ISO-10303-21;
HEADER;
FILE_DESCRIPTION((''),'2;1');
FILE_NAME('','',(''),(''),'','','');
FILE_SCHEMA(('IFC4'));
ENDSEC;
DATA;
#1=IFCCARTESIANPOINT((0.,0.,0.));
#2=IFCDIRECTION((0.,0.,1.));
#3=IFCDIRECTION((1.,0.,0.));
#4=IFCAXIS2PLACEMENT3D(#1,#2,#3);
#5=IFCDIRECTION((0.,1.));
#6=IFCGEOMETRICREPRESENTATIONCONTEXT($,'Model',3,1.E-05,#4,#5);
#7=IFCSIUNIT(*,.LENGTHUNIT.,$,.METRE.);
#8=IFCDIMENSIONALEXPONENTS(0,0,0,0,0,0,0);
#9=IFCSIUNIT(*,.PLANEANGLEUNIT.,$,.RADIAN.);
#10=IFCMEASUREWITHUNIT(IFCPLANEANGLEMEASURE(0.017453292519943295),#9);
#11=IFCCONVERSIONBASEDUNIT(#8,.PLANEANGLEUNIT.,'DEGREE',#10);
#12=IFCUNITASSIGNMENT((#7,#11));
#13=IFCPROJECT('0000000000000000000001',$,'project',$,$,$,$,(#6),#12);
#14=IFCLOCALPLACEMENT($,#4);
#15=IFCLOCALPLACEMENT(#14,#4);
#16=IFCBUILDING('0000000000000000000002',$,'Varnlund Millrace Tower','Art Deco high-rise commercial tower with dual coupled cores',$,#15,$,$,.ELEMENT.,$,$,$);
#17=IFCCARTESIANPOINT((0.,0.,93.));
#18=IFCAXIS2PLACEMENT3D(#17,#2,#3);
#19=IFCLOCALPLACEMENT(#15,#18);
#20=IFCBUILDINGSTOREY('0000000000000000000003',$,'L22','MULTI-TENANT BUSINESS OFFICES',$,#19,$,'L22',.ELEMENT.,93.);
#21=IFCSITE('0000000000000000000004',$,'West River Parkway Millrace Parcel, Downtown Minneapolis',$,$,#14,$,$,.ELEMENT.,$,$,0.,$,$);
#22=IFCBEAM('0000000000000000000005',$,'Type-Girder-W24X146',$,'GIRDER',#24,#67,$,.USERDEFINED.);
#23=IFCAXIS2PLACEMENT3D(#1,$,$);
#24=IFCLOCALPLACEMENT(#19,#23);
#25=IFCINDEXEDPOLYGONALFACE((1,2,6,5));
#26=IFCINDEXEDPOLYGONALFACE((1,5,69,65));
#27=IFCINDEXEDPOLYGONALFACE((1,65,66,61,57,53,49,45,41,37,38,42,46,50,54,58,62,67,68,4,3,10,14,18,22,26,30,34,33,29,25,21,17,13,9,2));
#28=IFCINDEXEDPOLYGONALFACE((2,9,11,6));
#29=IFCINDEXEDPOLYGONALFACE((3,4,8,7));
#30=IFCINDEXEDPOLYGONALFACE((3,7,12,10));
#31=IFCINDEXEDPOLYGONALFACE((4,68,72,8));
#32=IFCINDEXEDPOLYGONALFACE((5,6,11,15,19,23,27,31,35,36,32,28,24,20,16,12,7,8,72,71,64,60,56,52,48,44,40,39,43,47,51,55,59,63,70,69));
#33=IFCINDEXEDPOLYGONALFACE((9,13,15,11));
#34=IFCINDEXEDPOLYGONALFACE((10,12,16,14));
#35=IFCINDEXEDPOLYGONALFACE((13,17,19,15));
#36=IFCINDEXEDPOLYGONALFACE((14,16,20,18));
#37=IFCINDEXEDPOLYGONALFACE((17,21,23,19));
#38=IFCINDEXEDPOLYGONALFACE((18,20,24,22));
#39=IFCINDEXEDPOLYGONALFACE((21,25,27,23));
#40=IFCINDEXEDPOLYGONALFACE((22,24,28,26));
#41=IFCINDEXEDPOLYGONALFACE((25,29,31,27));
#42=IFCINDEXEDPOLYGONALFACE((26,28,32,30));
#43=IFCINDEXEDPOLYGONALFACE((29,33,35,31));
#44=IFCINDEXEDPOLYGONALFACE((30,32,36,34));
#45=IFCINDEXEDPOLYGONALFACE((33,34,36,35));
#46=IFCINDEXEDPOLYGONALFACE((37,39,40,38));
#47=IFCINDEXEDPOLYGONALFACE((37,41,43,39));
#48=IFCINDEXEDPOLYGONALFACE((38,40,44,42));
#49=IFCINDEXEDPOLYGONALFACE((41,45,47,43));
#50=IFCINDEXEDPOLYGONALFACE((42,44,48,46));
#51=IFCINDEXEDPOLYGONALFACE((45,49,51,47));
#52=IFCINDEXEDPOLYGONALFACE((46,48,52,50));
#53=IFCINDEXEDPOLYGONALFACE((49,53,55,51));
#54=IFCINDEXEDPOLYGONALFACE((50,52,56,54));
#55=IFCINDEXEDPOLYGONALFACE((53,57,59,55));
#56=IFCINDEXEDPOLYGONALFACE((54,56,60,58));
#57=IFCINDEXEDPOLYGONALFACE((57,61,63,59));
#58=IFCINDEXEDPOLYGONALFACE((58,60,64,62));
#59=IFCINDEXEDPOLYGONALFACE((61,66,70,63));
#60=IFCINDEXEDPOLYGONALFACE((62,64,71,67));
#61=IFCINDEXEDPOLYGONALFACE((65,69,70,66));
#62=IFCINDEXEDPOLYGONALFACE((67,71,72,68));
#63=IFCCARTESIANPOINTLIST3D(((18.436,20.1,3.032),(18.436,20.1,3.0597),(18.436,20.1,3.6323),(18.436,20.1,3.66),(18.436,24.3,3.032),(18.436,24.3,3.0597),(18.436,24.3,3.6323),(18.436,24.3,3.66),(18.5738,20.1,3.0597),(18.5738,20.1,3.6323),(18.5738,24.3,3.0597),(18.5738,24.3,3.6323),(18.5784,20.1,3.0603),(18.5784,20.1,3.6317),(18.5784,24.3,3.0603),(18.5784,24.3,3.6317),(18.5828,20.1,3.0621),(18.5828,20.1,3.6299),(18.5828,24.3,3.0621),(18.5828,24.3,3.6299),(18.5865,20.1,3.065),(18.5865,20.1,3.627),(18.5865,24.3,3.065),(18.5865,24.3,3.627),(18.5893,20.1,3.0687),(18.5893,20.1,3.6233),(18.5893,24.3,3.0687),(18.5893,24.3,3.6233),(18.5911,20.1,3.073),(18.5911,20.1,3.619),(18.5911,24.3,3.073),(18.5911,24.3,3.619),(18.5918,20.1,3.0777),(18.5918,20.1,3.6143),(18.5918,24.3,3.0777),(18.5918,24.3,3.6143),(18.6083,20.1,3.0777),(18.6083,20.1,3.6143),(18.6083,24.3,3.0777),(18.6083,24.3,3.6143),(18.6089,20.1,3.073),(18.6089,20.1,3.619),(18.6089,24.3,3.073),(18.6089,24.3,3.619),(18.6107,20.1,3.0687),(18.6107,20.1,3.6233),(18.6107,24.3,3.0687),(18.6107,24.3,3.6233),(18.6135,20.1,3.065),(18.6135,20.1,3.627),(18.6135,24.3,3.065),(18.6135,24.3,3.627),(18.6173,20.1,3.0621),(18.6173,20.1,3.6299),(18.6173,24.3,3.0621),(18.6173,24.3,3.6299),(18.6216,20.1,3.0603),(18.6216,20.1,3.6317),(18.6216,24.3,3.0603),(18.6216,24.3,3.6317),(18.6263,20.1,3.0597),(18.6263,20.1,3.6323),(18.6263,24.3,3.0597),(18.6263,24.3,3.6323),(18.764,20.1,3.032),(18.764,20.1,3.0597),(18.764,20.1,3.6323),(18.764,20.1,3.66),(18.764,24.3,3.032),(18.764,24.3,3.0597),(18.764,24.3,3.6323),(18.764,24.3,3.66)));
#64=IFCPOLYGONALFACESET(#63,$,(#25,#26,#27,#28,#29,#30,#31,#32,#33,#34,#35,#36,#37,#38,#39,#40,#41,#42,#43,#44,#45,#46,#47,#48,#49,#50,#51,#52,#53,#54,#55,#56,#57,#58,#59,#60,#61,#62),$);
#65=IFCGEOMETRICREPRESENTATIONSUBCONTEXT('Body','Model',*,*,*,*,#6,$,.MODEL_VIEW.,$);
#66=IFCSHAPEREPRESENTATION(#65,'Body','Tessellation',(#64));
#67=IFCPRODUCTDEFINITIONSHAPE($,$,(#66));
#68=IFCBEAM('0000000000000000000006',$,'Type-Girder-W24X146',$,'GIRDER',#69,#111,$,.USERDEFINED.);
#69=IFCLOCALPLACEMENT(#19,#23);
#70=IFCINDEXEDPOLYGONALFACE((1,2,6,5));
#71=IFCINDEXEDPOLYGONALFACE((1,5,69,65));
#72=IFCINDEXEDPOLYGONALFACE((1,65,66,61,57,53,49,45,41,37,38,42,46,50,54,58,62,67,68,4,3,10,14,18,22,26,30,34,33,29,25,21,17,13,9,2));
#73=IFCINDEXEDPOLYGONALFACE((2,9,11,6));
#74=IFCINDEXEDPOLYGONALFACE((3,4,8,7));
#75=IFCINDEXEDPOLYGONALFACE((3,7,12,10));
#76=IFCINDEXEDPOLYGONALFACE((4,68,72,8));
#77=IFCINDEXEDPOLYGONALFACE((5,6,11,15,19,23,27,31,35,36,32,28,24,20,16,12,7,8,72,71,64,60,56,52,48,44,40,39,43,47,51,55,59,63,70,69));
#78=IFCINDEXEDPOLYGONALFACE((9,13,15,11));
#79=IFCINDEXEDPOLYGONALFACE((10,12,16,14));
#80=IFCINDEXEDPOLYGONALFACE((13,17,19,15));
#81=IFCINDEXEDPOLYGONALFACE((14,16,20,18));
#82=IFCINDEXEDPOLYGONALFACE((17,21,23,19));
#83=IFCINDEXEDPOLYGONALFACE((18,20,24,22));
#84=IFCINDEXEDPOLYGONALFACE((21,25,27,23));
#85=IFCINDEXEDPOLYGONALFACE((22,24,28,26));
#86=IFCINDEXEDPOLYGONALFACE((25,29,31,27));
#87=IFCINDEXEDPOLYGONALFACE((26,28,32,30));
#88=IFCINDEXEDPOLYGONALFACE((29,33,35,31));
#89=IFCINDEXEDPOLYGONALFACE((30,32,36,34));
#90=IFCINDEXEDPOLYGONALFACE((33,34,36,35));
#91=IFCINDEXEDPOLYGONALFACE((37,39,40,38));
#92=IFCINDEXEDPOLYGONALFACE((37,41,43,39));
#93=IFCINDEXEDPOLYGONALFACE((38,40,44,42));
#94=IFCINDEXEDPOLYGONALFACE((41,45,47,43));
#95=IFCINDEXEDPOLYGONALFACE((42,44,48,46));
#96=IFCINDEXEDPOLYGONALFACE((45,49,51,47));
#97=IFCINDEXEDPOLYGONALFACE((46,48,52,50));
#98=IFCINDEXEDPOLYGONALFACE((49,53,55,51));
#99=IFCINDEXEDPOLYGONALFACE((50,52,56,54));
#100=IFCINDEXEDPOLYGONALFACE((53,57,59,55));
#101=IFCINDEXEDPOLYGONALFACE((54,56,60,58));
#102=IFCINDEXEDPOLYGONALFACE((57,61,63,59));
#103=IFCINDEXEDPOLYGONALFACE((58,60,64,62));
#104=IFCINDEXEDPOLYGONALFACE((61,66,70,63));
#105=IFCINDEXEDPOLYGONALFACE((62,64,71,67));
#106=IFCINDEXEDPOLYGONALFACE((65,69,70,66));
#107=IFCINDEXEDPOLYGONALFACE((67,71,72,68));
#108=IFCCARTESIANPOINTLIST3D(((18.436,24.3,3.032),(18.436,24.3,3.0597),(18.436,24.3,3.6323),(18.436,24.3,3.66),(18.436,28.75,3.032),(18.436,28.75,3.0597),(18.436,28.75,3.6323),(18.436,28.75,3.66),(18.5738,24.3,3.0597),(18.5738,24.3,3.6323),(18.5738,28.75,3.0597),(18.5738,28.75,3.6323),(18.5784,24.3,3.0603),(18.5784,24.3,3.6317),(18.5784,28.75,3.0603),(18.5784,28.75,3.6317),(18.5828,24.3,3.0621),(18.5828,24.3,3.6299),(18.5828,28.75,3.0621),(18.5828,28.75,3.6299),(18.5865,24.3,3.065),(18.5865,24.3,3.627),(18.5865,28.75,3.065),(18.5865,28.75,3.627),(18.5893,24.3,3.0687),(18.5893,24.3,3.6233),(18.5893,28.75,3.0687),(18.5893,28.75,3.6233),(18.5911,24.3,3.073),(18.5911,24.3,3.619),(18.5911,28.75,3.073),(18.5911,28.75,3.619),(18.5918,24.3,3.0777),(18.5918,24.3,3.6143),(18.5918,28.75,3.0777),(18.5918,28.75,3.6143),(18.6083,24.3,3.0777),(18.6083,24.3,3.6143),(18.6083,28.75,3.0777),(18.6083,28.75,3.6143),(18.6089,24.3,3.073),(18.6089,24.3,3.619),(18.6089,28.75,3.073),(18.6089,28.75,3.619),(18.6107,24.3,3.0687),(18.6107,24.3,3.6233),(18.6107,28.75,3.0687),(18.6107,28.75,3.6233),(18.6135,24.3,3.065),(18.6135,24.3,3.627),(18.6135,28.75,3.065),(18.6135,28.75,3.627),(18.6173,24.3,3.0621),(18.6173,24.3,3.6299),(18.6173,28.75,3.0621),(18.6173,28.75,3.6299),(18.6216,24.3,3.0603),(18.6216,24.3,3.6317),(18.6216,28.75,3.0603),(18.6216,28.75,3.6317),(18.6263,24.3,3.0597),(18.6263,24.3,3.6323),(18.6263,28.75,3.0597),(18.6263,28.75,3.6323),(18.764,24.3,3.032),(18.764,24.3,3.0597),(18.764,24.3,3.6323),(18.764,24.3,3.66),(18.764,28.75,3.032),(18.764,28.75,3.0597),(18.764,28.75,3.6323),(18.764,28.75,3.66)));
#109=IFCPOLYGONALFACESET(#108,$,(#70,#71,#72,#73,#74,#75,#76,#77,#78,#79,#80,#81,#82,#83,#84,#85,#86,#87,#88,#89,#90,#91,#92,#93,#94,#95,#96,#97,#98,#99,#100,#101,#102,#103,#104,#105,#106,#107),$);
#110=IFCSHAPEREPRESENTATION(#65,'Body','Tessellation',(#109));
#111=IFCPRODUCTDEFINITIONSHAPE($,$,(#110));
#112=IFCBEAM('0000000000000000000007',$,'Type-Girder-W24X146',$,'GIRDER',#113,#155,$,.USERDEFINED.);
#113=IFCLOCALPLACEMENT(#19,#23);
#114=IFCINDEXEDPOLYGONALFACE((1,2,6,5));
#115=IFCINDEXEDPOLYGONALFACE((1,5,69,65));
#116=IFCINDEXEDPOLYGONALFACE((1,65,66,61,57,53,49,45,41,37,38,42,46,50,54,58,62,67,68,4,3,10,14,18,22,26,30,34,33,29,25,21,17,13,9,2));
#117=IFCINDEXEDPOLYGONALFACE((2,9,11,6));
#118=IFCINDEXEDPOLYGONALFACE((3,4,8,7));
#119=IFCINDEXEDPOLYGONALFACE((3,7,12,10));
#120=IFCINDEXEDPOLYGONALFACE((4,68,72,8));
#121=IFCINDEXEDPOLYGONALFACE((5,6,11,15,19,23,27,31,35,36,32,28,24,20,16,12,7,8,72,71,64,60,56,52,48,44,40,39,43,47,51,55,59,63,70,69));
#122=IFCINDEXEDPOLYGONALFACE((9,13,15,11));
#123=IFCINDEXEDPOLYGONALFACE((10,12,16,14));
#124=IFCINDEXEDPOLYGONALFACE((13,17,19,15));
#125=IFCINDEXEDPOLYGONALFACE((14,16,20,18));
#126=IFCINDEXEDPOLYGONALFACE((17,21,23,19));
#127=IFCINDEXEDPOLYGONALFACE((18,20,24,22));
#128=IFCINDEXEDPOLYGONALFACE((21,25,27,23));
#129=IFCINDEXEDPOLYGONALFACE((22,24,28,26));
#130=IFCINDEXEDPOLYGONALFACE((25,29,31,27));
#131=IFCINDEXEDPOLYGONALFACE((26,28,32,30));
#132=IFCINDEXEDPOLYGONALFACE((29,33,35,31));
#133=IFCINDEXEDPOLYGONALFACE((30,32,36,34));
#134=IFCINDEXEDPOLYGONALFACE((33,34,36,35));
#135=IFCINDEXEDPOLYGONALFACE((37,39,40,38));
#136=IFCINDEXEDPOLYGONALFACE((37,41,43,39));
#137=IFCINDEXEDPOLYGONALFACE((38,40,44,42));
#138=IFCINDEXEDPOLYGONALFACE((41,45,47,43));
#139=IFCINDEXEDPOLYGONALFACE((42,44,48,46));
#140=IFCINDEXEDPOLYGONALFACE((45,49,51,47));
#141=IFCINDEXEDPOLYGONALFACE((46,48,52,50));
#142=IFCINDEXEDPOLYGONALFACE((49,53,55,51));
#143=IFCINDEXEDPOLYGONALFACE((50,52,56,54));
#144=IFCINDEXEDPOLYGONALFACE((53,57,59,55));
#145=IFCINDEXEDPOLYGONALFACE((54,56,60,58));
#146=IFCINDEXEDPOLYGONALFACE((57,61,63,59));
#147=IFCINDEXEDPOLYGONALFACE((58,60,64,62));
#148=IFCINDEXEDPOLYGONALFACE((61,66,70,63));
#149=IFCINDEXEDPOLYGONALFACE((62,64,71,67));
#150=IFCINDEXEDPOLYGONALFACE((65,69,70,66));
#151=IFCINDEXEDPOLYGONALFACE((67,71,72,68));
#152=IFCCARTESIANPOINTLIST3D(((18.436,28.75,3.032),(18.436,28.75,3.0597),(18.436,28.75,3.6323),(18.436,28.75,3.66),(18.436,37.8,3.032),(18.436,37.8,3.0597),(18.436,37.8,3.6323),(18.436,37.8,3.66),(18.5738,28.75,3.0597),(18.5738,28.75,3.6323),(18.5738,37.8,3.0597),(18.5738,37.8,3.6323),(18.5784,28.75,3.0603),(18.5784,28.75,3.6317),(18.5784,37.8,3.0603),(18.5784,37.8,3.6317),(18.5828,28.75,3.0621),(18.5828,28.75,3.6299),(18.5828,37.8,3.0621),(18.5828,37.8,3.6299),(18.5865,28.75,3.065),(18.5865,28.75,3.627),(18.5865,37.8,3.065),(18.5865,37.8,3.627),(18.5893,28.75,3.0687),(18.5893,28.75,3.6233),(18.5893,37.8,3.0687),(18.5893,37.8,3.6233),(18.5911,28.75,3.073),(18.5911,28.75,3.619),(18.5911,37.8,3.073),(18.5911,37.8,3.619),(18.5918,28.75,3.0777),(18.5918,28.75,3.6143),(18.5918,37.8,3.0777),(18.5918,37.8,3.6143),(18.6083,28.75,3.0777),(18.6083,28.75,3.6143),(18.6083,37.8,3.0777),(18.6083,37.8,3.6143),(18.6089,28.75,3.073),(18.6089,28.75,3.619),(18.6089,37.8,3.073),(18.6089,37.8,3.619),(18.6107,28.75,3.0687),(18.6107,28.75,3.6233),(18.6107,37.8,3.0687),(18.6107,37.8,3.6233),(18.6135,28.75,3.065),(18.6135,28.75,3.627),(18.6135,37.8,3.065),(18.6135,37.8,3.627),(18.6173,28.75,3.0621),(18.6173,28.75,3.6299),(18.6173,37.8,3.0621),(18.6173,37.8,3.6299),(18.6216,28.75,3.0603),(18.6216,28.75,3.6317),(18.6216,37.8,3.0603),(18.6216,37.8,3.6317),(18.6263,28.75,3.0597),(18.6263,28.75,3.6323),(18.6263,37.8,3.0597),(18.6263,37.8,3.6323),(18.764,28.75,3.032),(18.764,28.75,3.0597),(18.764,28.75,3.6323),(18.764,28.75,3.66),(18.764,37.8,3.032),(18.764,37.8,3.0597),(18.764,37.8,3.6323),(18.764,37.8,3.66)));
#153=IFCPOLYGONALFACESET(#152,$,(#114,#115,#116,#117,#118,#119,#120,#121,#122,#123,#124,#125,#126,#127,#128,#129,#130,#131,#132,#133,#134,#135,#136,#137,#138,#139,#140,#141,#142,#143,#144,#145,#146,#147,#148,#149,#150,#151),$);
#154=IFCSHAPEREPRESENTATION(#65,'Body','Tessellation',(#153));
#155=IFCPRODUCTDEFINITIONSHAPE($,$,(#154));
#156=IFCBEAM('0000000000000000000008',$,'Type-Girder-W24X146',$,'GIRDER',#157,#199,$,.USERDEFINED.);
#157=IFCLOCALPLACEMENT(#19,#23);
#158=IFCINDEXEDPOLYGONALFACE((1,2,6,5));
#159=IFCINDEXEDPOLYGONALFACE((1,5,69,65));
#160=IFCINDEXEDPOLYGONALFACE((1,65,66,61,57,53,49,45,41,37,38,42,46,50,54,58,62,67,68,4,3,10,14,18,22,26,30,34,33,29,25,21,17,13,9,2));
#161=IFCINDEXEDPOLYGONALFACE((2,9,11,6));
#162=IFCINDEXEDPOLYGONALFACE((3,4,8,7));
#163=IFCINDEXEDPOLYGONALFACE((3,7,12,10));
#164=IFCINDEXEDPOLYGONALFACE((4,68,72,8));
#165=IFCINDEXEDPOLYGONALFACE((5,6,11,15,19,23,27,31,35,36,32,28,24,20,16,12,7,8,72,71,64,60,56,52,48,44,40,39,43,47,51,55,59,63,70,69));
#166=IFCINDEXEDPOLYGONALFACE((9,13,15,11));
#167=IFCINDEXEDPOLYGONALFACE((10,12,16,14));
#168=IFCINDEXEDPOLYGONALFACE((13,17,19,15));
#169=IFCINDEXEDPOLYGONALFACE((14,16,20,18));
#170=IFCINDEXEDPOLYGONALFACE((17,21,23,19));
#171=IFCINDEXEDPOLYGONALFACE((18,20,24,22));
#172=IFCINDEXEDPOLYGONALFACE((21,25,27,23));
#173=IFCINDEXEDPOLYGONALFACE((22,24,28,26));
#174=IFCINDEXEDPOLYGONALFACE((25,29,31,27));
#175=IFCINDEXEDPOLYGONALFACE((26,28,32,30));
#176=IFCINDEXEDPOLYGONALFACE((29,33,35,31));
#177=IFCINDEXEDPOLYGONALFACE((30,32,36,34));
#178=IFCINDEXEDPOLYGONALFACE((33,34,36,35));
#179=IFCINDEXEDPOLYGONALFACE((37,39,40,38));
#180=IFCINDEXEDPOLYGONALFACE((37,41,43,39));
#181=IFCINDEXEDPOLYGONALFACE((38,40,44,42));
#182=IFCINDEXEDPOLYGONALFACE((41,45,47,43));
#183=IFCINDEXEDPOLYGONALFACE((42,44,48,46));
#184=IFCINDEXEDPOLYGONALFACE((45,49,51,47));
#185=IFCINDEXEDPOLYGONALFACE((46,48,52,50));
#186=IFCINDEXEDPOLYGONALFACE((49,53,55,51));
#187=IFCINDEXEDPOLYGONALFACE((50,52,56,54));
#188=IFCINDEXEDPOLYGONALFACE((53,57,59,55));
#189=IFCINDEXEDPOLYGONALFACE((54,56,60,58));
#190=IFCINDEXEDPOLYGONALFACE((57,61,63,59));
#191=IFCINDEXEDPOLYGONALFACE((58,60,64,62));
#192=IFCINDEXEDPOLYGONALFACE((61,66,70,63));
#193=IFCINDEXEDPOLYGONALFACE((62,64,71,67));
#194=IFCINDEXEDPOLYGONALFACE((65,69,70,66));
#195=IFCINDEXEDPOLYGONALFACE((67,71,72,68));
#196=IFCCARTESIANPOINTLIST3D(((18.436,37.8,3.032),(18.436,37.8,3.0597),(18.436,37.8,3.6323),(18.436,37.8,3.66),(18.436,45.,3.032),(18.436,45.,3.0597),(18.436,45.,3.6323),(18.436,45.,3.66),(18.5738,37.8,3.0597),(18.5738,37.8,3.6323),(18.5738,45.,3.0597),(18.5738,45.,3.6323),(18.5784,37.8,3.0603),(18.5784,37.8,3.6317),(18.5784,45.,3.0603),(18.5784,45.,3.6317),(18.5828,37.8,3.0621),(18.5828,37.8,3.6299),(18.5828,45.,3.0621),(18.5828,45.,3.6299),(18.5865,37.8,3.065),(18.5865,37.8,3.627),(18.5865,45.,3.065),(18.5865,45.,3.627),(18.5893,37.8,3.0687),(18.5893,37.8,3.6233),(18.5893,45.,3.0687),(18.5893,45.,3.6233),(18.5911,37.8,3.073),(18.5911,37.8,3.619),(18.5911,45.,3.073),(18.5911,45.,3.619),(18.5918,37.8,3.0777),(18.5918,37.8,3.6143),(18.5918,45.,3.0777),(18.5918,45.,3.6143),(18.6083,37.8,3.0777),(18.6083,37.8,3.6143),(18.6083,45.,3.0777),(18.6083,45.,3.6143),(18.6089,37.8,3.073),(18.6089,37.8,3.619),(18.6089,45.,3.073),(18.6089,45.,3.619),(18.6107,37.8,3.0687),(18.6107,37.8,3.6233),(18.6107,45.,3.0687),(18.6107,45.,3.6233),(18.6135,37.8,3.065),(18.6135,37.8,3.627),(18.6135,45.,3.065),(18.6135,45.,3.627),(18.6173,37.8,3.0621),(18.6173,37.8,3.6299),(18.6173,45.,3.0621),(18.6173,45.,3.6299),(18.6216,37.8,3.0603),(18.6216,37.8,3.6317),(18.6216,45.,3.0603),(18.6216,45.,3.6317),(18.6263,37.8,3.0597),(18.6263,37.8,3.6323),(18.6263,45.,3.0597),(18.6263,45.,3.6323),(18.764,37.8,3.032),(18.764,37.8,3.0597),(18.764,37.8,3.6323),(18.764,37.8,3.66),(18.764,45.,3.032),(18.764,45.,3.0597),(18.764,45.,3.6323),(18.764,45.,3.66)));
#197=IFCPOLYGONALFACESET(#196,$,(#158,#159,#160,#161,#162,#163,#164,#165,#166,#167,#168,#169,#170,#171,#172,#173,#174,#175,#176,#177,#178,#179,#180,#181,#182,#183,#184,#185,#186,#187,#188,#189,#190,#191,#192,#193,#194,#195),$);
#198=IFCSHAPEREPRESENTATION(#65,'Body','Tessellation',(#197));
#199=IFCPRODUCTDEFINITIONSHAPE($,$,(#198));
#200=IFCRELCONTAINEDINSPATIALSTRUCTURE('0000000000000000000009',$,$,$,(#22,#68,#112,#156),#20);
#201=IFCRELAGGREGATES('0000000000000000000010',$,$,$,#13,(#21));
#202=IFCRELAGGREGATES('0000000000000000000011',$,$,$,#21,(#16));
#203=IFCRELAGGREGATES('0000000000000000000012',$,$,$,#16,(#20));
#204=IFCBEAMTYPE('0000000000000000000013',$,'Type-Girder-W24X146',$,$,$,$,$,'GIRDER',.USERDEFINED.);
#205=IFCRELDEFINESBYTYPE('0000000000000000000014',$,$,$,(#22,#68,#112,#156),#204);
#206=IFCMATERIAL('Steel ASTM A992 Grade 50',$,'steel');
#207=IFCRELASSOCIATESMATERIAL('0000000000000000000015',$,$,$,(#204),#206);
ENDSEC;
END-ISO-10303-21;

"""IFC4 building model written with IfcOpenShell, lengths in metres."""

from ifc_helpers import new_model, entity, si_unit, converted_unit, direction, frame, origin_with_axes, origin_2d_with_axis, place, context, subcontext, project, spatial, i_section, extrude, material, material_profile, profile_set, type_object, element, save


model = new_model("IFC4")

# Units and contexts
model_context = context("Model", 3, precision=1e-05, world=origin_with_axes(), true_north=direction((0.0, 1.0)))
body_context = subcontext(model_context, "Body", "Model", "MODEL_VIEW")
ifc_project = project(units=[si_unit("LENGTHUNIT", "METRE"), converted_unit("PLANEANGLEUNIT", "DEGREE", entity("IfcPlaneAngleMeasure", 0.017453292519943295), si_unit("PLANEANGLEUNIT", "RADIAN"), dimensions=[0, 0, 0, 0, 0, 0, 0])], contexts=[model_context])

# Site, building, storey
site_placement = place(None, origin_with_axes())
site = spatial("IfcSite", under=ifc_project, at=site_placement, Name="West River Parkway Millrace Parcel, Downtown Minneapolis", CompositionType="ELEMENT", RefElevation=0.0)
building_placement = place(site_placement, origin_with_axes())
building = spatial("IfcBuilding", under=site, at=building_placement, Name="Varnlund Millrace Tower", Description="Art Deco high-rise commercial tower with dual coupled cores", CompositionType="ELEMENT")
storey_placement = place(building_placement, frame((0.0, 0.0, 93.0), z_axis=(0.0, 0.0, 1.0), x_axis=(1.0, 0.0, 0.0)))
storey = spatial("IfcBuildingStorey", under=building, at=storey_placement, Name="L22", Description="MULTI-TENANT BUSINESS OFFICES", LongName="L22", CompositionType="ELEMENT", Elevation=93.0)

# Beams
ifc_material_1 = material(Name="Steel ASTM A992 Grade 50", Category="steel")
ifc_material_profile_1 = material_profile(ifc_material_1, i_section(OverallWidth=0.328, OverallDepth=0.628, WebThickness=0.0165, FlangeThickness=0.0277, FilletRadius=0.018, at=origin_2d_with_axis()), Name="Steel ASTM A992 Grade 50")
ifc_profile_set_1 = profile_set([ifc_material_profile_1], Name="Steel ASTM A992 Grade 50")
beam_type_1 = type_object("IfcBeamType", Name="Type-Girder-W24X146", ElementType="GIRDER", PredefinedType="USERDEFINED", material=ifc_profile_set_1)
beam_1_placement = place(storey_placement, frame((18.6, 20.1, 3.346), z_axis=(0.0, 1.0, 0.0), x_axis=(-1.0, 0.0, 0.0)))
element("IfcBeam", 1, at=beam_1_placement, inside=storey, type_object=beam_type_1, Name="Type-Girder-W24X146", ObjectType="GIRDER", PredefinedType="USERDEFINED", context=body_context, shape_type="SweptSolid", body=[
    extrude(i_section(OverallWidth=0.328, OverallDepth=0.628, WebThickness=0.0165, FlangeThickness=0.0277, FilletRadius=0.018, at=origin_2d_with_axis()), origin_with_axes(), (0.0, 0.0, 1.0), 4.2),
])
beam_2_placement = place(storey_placement, frame((18.6, 24.3, 3.346), z_axis=(0.0, 1.0, 0.0), x_axis=(-1.0, 0.0, 0.0)))
element("IfcBeam", 2, at=beam_2_placement, inside=storey, type_object=beam_type_1, Name="Type-Girder-W24X146", ObjectType="GIRDER", PredefinedType="USERDEFINED", context=body_context, shape_type="SweptSolid", body=[
    extrude(i_section(OverallWidth=0.328, OverallDepth=0.628, WebThickness=0.0165, FlangeThickness=0.0277, FilletRadius=0.018, at=origin_2d_with_axis()), origin_with_axes(), (0.0, 0.0, 1.0), 4.45),
])
beam_3_placement = place(storey_placement, frame((18.6, 28.75, 3.346), z_axis=(0.0, 1.0, 0.0), x_axis=(-1.0, 0.0, 0.0)))
element("IfcBeam", 3, at=beam_3_placement, inside=storey, type_object=beam_type_1, Name="Type-Girder-W24X146", ObjectType="GIRDER", PredefinedType="USERDEFINED", context=body_context, shape_type="SweptSolid", body=[
    extrude(i_section(OverallWidth=0.328, OverallDepth=0.628, WebThickness=0.0165, FlangeThickness=0.0277, FilletRadius=0.018, at=origin_2d_with_axis()), origin_with_axes(), (0.0, 0.0, 1.0), 9.05),
])
beam_4_placement = place(storey_placement, frame((18.6, 37.8, 3.346), z_axis=(0.0, 1.0, 0.0), x_axis=(-1.0, 0.0, 0.0)))
element("IfcBeam", 4, at=beam_4_placement, inside=storey, type_object=beam_type_1, Name="Type-Girder-W24X146", ObjectType="GIRDER", PredefinedType="USERDEFINED", context=body_context, shape_type="SweptSolid", body=[
    extrude(i_section(OverallWidth=0.328, OverallDepth=0.628, WebThickness=0.0165, FlangeThickness=0.0277, FilletRadius=0.018, at=origin_2d_with_axis()), origin_with_axes(), (0.0, 0.0, 1.0), 7.2),
])

save(model, "model.ifc")
